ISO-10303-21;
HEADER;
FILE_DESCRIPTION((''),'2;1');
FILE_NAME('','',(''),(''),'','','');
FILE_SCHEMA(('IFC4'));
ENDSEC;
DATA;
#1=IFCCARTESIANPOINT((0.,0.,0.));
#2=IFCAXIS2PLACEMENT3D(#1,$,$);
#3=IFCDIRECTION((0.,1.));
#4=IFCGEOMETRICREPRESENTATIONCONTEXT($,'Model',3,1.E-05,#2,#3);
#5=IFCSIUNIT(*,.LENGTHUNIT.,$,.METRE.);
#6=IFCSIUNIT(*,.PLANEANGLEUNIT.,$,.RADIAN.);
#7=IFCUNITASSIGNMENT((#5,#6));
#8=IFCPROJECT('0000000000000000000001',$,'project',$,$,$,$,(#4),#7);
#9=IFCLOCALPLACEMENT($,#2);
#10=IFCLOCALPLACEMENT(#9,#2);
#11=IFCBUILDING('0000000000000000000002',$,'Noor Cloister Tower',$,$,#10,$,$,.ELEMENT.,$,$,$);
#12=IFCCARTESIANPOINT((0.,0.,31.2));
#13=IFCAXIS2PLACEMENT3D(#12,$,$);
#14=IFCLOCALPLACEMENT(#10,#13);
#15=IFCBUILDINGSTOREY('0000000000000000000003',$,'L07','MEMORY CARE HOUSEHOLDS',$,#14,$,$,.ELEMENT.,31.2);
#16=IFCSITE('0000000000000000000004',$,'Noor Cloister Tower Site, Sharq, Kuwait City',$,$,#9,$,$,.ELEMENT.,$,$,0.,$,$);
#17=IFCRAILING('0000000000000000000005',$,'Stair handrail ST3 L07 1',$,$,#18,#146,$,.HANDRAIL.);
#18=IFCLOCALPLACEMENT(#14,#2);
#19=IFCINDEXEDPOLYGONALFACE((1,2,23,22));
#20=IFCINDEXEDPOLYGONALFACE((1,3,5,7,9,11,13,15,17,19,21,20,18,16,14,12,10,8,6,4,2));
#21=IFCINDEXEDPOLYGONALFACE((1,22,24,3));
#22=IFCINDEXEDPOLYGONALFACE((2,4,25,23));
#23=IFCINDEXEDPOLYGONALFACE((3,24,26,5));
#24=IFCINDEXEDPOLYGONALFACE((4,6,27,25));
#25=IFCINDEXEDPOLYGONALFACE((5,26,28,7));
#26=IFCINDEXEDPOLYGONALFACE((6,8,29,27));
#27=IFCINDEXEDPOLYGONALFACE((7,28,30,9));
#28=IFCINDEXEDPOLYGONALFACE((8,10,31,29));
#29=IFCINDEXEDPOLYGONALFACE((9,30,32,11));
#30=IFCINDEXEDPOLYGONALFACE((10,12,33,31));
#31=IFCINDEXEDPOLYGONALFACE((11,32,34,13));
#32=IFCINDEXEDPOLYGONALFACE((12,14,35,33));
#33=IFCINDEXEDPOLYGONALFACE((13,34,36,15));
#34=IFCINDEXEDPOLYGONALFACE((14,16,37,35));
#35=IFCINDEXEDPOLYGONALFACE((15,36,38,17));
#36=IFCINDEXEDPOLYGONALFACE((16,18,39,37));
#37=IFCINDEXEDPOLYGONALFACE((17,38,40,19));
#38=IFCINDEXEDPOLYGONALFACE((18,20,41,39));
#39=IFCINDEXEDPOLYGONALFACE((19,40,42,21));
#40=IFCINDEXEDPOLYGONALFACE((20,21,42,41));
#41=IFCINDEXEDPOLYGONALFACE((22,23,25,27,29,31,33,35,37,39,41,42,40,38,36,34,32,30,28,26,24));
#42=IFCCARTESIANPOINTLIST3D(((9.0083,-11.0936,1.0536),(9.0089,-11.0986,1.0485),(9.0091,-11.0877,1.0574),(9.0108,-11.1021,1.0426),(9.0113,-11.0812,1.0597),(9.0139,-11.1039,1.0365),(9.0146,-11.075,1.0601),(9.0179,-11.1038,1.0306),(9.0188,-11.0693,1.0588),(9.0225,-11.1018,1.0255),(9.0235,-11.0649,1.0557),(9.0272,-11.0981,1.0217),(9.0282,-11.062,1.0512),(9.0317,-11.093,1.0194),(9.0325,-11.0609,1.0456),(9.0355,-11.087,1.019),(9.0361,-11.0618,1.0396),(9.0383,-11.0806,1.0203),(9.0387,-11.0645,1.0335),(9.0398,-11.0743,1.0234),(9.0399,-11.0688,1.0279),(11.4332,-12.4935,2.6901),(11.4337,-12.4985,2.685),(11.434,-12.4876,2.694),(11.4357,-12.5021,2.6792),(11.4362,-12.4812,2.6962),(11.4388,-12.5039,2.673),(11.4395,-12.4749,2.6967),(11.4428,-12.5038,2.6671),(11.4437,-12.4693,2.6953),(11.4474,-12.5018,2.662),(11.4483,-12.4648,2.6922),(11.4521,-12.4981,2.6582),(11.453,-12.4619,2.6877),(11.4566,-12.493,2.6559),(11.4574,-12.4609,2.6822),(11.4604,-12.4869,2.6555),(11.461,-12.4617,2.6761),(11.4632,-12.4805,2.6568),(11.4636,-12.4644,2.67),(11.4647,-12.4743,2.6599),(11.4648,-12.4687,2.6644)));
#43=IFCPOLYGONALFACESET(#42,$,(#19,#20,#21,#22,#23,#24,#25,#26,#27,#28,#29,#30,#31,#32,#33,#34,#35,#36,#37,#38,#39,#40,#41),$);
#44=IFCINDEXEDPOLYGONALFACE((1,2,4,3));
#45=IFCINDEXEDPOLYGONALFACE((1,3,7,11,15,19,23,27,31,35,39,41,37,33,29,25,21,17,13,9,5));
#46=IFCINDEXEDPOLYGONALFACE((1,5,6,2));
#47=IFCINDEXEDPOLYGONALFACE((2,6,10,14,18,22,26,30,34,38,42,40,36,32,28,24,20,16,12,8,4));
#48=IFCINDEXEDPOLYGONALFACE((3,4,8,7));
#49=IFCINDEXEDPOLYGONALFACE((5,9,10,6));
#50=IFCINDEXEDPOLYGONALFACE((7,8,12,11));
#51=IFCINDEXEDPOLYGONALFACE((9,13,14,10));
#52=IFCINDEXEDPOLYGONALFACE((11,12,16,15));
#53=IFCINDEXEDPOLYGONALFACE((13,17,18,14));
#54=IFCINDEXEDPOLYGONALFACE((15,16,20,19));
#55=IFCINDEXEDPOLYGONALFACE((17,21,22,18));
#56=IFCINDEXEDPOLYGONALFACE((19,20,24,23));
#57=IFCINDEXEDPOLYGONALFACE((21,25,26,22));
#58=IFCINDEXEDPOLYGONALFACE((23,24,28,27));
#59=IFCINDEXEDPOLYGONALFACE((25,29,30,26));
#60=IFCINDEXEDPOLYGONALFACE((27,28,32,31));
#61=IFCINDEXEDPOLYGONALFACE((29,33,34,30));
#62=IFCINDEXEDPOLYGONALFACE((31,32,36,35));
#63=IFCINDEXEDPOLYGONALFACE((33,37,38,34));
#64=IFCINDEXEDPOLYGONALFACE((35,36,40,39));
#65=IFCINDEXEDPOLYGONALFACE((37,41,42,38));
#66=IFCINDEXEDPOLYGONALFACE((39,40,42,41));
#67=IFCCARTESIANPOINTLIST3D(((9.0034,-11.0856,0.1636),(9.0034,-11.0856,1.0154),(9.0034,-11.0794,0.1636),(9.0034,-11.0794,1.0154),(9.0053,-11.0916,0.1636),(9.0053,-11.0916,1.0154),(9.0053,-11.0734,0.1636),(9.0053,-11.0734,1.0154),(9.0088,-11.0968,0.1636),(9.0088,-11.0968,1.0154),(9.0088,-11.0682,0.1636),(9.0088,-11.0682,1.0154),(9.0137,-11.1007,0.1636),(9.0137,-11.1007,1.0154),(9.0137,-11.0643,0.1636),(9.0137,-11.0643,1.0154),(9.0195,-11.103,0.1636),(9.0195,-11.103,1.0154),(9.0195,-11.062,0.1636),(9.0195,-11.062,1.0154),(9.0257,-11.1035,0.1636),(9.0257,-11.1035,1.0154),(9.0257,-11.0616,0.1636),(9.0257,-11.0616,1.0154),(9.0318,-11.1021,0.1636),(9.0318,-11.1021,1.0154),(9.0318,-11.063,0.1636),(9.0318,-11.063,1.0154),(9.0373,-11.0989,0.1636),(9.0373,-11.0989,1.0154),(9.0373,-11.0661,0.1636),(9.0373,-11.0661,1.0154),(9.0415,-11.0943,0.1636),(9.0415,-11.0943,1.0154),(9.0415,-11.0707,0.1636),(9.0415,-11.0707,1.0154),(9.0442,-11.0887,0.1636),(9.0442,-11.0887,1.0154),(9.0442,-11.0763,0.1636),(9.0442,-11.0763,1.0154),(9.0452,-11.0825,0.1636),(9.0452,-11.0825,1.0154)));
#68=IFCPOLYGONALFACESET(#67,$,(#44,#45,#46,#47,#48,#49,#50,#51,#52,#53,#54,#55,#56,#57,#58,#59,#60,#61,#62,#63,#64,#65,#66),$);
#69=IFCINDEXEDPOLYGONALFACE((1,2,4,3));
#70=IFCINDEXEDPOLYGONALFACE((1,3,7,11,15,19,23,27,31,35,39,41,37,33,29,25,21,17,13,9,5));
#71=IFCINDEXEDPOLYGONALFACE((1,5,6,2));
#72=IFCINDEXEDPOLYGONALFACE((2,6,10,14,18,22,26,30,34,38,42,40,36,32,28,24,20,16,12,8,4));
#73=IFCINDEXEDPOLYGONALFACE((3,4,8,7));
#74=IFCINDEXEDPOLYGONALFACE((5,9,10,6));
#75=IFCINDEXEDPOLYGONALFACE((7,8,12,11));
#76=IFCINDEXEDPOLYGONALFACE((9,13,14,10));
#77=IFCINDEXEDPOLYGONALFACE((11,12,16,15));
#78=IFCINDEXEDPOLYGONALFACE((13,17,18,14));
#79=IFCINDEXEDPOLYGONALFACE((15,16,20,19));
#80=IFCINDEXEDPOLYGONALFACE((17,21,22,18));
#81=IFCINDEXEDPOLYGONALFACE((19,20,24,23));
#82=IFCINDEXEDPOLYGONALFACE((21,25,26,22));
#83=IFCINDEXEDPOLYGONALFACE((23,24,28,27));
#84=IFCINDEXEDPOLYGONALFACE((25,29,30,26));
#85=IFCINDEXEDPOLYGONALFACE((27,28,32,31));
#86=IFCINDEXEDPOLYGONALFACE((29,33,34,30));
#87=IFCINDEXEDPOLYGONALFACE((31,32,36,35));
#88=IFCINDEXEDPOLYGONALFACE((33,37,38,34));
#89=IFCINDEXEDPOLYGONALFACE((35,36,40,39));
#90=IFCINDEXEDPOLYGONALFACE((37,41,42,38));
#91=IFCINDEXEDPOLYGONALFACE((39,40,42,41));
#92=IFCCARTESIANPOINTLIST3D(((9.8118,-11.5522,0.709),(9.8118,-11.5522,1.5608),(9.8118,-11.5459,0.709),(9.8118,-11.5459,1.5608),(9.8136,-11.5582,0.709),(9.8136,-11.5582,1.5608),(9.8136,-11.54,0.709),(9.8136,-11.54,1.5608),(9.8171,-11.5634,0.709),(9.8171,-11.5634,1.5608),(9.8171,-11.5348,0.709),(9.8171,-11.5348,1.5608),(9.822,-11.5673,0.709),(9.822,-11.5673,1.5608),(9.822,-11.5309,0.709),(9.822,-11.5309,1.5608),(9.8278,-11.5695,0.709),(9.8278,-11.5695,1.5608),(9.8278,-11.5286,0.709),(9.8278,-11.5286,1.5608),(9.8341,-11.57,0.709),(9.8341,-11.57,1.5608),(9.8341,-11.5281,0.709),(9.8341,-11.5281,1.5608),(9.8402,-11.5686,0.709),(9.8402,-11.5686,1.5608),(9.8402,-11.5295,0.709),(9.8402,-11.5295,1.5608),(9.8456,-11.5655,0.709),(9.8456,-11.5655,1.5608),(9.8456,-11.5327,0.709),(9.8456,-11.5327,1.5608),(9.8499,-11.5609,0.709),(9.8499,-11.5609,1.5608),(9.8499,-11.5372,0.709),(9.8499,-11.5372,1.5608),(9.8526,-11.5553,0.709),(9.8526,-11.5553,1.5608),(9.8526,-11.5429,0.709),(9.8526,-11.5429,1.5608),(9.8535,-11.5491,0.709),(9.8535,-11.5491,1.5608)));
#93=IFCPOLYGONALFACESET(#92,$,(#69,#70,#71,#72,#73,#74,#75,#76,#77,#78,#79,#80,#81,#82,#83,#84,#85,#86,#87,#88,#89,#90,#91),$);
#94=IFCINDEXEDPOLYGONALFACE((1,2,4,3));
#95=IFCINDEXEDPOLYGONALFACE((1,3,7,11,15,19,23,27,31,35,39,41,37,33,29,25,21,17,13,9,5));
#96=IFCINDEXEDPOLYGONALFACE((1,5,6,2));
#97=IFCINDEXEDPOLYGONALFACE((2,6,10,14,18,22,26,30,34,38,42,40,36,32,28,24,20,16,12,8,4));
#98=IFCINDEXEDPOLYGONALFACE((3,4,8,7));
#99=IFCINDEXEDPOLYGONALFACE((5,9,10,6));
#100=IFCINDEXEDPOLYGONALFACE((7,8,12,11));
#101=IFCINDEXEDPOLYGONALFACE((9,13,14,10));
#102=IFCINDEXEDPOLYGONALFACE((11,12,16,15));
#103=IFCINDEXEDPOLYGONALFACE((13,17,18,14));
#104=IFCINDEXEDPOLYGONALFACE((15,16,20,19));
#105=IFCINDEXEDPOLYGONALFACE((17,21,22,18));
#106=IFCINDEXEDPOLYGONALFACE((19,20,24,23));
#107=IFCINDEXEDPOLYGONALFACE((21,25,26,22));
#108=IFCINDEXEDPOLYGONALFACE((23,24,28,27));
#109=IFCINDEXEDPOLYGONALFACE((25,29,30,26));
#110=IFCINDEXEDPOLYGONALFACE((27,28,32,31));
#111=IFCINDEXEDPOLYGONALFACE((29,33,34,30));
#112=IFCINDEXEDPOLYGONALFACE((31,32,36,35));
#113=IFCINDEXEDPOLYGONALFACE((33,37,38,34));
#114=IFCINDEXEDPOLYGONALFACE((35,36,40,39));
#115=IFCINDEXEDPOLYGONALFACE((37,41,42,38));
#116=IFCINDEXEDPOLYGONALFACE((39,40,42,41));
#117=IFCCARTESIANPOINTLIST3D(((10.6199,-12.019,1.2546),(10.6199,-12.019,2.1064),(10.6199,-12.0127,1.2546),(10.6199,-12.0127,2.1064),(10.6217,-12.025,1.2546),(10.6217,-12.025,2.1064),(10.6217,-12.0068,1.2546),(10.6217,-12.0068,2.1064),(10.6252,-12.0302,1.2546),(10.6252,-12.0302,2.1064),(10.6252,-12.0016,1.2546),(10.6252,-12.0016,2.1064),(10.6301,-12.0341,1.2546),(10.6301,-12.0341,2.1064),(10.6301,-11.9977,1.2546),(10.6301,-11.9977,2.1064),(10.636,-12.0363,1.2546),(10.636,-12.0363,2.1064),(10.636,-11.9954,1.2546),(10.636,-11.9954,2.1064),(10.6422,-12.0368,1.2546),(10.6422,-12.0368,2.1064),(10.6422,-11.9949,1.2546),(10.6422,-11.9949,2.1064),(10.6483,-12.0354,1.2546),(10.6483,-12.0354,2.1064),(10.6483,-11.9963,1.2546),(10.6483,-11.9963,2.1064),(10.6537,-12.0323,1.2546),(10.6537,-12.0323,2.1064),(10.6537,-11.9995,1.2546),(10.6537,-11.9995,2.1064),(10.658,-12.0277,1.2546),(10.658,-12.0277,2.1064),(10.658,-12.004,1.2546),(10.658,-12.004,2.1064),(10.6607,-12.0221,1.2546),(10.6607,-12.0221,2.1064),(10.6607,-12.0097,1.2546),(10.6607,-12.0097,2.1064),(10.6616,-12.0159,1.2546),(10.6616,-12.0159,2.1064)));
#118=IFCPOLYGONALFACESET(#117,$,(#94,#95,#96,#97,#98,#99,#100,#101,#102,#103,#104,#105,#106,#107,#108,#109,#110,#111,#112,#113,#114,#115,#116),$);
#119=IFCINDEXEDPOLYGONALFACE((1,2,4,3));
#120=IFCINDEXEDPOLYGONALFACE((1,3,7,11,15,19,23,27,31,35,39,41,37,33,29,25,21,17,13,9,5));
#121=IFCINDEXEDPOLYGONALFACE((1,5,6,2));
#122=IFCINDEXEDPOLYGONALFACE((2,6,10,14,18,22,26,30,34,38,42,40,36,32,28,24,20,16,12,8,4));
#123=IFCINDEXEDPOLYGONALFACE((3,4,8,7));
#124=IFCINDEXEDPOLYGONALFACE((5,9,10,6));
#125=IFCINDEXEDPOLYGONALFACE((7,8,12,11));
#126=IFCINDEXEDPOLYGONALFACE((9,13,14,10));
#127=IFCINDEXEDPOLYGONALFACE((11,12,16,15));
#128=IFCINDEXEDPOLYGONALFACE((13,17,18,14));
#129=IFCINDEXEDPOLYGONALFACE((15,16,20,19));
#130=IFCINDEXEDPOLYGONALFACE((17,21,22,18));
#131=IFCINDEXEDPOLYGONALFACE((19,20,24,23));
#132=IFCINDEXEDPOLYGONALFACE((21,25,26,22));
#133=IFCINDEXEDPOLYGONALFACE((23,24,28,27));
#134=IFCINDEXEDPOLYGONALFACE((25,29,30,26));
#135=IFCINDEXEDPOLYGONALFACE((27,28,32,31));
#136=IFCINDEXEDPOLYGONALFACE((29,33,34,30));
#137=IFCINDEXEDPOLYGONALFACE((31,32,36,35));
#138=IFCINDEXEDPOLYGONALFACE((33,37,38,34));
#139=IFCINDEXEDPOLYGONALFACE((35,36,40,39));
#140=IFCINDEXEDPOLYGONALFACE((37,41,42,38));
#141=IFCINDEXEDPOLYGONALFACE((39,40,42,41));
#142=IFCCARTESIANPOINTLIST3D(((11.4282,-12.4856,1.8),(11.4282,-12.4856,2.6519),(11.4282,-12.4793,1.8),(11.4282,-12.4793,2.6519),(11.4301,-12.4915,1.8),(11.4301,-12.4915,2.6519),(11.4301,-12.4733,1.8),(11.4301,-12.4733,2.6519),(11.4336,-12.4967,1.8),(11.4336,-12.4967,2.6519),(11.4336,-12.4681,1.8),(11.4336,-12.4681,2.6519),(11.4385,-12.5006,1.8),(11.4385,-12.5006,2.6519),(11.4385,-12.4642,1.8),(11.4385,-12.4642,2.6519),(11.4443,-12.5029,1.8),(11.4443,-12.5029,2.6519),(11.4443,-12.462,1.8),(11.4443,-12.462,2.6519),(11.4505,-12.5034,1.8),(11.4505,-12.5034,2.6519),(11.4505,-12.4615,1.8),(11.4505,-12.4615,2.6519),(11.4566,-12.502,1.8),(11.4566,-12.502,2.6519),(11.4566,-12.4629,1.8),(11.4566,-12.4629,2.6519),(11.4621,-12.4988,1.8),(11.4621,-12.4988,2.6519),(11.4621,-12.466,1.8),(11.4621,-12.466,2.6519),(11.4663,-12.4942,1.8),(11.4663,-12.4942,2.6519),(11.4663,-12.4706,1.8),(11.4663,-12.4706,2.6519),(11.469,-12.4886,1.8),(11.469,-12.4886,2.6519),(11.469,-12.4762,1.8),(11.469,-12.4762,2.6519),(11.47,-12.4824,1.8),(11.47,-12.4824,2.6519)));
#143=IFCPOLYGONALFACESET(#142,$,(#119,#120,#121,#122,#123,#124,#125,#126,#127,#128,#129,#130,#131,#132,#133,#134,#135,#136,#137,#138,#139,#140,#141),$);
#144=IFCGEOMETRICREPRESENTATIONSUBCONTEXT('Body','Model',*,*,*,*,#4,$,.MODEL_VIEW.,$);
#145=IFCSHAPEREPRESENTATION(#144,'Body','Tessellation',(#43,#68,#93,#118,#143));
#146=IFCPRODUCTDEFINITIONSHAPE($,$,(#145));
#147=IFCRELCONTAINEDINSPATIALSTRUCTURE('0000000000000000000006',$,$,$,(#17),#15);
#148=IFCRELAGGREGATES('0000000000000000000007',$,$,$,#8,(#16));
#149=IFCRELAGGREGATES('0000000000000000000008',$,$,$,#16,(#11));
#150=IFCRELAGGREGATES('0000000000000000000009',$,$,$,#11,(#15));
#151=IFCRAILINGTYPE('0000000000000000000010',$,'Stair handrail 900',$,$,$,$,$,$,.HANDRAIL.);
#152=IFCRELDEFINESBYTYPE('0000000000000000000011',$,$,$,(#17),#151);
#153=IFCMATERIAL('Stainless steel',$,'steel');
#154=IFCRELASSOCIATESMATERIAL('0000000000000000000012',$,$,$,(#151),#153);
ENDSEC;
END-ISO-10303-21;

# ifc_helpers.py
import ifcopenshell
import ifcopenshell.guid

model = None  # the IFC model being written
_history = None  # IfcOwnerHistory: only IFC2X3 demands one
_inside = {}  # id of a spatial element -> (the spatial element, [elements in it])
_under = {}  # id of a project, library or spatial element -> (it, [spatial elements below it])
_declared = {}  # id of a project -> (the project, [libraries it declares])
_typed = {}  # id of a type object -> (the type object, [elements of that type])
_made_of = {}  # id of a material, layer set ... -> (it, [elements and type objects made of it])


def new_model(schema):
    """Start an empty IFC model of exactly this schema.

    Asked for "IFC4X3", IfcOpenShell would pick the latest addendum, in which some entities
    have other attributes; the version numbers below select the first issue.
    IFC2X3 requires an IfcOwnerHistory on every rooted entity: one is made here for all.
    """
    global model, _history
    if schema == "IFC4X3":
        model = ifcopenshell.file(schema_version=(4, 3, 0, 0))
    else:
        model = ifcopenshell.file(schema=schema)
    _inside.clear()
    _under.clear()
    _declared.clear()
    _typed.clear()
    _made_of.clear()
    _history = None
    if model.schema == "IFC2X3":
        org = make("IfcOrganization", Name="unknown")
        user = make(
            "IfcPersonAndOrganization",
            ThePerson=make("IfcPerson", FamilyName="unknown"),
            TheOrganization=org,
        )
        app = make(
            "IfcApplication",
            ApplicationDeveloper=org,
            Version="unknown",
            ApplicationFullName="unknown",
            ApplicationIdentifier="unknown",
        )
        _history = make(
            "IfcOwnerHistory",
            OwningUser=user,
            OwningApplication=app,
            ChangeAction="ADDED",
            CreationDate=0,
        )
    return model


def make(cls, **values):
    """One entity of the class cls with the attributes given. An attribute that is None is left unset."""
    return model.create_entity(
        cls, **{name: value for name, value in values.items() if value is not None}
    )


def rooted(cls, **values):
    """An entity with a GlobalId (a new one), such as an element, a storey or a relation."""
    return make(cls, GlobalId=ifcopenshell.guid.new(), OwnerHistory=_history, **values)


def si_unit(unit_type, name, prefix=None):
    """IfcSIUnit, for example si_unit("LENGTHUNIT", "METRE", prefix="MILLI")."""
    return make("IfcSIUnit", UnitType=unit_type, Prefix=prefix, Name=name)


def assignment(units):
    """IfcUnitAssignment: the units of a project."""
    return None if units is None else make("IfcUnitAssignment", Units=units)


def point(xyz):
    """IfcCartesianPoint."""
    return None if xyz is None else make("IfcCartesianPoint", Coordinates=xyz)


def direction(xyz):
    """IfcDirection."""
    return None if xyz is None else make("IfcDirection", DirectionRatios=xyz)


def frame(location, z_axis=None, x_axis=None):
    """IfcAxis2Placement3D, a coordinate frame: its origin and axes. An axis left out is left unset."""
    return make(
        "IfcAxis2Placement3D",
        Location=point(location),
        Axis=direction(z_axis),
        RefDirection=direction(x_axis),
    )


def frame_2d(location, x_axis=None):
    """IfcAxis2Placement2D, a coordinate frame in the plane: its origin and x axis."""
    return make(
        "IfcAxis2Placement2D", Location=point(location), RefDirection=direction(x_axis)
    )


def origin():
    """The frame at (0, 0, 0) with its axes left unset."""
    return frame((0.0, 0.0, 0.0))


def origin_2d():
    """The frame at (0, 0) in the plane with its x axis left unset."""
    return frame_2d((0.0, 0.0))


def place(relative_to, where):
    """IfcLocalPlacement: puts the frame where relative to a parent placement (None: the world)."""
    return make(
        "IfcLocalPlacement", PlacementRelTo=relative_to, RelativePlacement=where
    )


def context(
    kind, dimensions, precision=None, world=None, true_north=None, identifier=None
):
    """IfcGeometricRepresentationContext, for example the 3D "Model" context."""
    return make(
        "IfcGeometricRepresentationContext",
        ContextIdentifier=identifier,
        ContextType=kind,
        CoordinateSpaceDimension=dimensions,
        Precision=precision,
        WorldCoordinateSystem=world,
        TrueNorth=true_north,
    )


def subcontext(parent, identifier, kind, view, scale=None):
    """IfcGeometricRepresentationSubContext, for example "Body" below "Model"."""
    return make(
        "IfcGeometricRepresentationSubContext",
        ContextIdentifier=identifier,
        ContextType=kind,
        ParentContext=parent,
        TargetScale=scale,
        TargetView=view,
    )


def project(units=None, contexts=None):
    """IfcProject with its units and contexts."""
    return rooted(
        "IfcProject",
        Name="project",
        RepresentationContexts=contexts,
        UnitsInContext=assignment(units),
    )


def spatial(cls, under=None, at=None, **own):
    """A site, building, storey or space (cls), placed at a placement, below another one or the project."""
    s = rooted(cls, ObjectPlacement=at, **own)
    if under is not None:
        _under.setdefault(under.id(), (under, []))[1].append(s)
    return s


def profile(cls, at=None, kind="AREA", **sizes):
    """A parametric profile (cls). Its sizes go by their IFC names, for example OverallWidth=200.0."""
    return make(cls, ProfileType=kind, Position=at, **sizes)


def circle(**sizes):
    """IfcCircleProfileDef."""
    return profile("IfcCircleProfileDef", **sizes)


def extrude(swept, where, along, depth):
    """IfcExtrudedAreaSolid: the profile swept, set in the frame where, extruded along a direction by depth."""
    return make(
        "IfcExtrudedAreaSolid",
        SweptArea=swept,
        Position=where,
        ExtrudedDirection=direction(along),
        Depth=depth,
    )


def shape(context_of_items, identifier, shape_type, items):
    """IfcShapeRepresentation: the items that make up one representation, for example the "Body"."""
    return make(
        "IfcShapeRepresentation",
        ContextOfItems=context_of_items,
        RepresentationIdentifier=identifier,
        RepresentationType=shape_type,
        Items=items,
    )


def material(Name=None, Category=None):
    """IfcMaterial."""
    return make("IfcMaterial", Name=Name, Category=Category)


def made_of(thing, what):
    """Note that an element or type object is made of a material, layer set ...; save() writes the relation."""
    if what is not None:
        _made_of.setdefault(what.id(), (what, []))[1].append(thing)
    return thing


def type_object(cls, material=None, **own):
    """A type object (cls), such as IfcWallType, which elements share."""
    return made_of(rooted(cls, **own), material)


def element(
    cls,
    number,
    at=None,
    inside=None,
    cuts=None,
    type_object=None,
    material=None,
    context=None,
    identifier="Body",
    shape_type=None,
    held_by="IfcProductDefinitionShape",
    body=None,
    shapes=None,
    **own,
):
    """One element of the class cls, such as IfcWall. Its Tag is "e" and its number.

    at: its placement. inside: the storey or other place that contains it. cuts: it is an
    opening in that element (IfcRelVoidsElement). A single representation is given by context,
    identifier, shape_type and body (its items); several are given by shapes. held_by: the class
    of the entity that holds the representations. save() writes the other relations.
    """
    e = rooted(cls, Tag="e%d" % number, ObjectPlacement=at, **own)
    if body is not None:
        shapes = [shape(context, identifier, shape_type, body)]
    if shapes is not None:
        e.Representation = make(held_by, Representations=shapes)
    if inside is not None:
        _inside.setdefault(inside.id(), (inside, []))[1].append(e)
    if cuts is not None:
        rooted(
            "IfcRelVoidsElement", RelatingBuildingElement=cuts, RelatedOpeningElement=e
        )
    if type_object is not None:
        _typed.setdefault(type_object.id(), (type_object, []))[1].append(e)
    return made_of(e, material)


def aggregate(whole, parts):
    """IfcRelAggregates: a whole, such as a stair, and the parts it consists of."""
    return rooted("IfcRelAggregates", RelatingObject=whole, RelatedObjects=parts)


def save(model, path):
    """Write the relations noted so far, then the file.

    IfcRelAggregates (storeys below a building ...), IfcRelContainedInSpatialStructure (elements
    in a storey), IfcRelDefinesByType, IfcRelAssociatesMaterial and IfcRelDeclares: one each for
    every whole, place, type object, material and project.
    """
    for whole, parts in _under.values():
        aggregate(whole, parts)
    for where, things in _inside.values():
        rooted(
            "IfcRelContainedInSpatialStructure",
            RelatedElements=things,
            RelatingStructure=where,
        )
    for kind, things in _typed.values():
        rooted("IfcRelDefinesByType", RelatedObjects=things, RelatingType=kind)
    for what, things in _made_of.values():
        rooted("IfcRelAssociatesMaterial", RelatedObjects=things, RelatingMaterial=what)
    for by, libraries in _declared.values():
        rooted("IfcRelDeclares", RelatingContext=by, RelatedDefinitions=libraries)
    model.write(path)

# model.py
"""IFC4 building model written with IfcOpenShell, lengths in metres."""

from ifc_helpers import new_model, si_unit, direction, frame, origin, origin_2d, place, context, subcontext, project, spatial, circle, extrude, material, type_object, element, save


model = new_model("IFC4")

# Units and contexts
model_context = context("Model", 3, precision=1e-05, world=origin(), true_north=direction((0.0, 1.0)))
body_context = subcontext(model_context, "Body", "Model", "MODEL_VIEW")
ifc_project = project(units=[si_unit("LENGTHUNIT", "METRE"), si_unit("PLANEANGLEUNIT", "RADIAN")], contexts=[model_context])

# Site, building, storey
site_placement = place(None, origin())
site = spatial("IfcSite", under=ifc_project, at=site_placement, Name="Noor Cloister Tower Site, Sharq, Kuwait City", CompositionType="ELEMENT", RefElevation=0.0)
building_placement = place(site_placement, origin())
building = spatial("IfcBuilding", under=site, at=building_placement, Name="Noor Cloister Tower", CompositionType="ELEMENT")
storey_placement = place(building_placement, frame((0.0, 0.0, 31.2)))
storey = spatial("IfcBuildingStorey", under=building, at=storey_placement, Name="L07", Description="MEMORY CARE HOUSEHOLDS", CompositionType="ELEMENT", Elevation=31.2)

# Railing
ifc_material_1 = material(Name="Stainless steel", Category="steel")
railing_type = type_object("IfcRailingType", Name="Stair handrail 900", PredefinedType="HANDRAIL", material=ifc_material_1)
railing_placement = place(storey_placement, frame((9.0242, -11.0825, 0.1636)))
element("IfcRailing", 1, at=railing_placement, inside=storey, type_object=railing_type, Name="Stair handrail ST3 L07 1", PredefinedType="HANDRAIL", context=body_context, shape_type="SweptSolid", body=[
    extrude(circle(Radius=0.0239, at=origin_2d()), frame((0.0, 0.0, 0.876), z_axis=(0.74769, -0.431661, 0.504608), x_axis=(0.499984, 0.866035, 0.0)), (0.0, 0.0, 1.0), 3.2432),
    extrude(circle(Radius=0.021, at=origin_2d()), origin(), (0.0, 0.0, 1.0), 0.8518),
    extrude(circle(Radius=0.021, at=origin_2d()), frame((0.8083, -0.4666, 0.5454)), (0.0, 0.0, 1.0), 0.8518),
    extrude(circle(Radius=0.021, at=origin_2d()), frame((1.6165, -0.9333, 1.0911)), (0.0, 0.0, 1.0), 0.8518),
    extrude(circle(Radius=0.021, at=origin_2d()), frame((2.4248, -1.3999, 1.6365)), (0.0, 0.0, 1.0), 0.8518),
])

save(model, "model.ifc")
